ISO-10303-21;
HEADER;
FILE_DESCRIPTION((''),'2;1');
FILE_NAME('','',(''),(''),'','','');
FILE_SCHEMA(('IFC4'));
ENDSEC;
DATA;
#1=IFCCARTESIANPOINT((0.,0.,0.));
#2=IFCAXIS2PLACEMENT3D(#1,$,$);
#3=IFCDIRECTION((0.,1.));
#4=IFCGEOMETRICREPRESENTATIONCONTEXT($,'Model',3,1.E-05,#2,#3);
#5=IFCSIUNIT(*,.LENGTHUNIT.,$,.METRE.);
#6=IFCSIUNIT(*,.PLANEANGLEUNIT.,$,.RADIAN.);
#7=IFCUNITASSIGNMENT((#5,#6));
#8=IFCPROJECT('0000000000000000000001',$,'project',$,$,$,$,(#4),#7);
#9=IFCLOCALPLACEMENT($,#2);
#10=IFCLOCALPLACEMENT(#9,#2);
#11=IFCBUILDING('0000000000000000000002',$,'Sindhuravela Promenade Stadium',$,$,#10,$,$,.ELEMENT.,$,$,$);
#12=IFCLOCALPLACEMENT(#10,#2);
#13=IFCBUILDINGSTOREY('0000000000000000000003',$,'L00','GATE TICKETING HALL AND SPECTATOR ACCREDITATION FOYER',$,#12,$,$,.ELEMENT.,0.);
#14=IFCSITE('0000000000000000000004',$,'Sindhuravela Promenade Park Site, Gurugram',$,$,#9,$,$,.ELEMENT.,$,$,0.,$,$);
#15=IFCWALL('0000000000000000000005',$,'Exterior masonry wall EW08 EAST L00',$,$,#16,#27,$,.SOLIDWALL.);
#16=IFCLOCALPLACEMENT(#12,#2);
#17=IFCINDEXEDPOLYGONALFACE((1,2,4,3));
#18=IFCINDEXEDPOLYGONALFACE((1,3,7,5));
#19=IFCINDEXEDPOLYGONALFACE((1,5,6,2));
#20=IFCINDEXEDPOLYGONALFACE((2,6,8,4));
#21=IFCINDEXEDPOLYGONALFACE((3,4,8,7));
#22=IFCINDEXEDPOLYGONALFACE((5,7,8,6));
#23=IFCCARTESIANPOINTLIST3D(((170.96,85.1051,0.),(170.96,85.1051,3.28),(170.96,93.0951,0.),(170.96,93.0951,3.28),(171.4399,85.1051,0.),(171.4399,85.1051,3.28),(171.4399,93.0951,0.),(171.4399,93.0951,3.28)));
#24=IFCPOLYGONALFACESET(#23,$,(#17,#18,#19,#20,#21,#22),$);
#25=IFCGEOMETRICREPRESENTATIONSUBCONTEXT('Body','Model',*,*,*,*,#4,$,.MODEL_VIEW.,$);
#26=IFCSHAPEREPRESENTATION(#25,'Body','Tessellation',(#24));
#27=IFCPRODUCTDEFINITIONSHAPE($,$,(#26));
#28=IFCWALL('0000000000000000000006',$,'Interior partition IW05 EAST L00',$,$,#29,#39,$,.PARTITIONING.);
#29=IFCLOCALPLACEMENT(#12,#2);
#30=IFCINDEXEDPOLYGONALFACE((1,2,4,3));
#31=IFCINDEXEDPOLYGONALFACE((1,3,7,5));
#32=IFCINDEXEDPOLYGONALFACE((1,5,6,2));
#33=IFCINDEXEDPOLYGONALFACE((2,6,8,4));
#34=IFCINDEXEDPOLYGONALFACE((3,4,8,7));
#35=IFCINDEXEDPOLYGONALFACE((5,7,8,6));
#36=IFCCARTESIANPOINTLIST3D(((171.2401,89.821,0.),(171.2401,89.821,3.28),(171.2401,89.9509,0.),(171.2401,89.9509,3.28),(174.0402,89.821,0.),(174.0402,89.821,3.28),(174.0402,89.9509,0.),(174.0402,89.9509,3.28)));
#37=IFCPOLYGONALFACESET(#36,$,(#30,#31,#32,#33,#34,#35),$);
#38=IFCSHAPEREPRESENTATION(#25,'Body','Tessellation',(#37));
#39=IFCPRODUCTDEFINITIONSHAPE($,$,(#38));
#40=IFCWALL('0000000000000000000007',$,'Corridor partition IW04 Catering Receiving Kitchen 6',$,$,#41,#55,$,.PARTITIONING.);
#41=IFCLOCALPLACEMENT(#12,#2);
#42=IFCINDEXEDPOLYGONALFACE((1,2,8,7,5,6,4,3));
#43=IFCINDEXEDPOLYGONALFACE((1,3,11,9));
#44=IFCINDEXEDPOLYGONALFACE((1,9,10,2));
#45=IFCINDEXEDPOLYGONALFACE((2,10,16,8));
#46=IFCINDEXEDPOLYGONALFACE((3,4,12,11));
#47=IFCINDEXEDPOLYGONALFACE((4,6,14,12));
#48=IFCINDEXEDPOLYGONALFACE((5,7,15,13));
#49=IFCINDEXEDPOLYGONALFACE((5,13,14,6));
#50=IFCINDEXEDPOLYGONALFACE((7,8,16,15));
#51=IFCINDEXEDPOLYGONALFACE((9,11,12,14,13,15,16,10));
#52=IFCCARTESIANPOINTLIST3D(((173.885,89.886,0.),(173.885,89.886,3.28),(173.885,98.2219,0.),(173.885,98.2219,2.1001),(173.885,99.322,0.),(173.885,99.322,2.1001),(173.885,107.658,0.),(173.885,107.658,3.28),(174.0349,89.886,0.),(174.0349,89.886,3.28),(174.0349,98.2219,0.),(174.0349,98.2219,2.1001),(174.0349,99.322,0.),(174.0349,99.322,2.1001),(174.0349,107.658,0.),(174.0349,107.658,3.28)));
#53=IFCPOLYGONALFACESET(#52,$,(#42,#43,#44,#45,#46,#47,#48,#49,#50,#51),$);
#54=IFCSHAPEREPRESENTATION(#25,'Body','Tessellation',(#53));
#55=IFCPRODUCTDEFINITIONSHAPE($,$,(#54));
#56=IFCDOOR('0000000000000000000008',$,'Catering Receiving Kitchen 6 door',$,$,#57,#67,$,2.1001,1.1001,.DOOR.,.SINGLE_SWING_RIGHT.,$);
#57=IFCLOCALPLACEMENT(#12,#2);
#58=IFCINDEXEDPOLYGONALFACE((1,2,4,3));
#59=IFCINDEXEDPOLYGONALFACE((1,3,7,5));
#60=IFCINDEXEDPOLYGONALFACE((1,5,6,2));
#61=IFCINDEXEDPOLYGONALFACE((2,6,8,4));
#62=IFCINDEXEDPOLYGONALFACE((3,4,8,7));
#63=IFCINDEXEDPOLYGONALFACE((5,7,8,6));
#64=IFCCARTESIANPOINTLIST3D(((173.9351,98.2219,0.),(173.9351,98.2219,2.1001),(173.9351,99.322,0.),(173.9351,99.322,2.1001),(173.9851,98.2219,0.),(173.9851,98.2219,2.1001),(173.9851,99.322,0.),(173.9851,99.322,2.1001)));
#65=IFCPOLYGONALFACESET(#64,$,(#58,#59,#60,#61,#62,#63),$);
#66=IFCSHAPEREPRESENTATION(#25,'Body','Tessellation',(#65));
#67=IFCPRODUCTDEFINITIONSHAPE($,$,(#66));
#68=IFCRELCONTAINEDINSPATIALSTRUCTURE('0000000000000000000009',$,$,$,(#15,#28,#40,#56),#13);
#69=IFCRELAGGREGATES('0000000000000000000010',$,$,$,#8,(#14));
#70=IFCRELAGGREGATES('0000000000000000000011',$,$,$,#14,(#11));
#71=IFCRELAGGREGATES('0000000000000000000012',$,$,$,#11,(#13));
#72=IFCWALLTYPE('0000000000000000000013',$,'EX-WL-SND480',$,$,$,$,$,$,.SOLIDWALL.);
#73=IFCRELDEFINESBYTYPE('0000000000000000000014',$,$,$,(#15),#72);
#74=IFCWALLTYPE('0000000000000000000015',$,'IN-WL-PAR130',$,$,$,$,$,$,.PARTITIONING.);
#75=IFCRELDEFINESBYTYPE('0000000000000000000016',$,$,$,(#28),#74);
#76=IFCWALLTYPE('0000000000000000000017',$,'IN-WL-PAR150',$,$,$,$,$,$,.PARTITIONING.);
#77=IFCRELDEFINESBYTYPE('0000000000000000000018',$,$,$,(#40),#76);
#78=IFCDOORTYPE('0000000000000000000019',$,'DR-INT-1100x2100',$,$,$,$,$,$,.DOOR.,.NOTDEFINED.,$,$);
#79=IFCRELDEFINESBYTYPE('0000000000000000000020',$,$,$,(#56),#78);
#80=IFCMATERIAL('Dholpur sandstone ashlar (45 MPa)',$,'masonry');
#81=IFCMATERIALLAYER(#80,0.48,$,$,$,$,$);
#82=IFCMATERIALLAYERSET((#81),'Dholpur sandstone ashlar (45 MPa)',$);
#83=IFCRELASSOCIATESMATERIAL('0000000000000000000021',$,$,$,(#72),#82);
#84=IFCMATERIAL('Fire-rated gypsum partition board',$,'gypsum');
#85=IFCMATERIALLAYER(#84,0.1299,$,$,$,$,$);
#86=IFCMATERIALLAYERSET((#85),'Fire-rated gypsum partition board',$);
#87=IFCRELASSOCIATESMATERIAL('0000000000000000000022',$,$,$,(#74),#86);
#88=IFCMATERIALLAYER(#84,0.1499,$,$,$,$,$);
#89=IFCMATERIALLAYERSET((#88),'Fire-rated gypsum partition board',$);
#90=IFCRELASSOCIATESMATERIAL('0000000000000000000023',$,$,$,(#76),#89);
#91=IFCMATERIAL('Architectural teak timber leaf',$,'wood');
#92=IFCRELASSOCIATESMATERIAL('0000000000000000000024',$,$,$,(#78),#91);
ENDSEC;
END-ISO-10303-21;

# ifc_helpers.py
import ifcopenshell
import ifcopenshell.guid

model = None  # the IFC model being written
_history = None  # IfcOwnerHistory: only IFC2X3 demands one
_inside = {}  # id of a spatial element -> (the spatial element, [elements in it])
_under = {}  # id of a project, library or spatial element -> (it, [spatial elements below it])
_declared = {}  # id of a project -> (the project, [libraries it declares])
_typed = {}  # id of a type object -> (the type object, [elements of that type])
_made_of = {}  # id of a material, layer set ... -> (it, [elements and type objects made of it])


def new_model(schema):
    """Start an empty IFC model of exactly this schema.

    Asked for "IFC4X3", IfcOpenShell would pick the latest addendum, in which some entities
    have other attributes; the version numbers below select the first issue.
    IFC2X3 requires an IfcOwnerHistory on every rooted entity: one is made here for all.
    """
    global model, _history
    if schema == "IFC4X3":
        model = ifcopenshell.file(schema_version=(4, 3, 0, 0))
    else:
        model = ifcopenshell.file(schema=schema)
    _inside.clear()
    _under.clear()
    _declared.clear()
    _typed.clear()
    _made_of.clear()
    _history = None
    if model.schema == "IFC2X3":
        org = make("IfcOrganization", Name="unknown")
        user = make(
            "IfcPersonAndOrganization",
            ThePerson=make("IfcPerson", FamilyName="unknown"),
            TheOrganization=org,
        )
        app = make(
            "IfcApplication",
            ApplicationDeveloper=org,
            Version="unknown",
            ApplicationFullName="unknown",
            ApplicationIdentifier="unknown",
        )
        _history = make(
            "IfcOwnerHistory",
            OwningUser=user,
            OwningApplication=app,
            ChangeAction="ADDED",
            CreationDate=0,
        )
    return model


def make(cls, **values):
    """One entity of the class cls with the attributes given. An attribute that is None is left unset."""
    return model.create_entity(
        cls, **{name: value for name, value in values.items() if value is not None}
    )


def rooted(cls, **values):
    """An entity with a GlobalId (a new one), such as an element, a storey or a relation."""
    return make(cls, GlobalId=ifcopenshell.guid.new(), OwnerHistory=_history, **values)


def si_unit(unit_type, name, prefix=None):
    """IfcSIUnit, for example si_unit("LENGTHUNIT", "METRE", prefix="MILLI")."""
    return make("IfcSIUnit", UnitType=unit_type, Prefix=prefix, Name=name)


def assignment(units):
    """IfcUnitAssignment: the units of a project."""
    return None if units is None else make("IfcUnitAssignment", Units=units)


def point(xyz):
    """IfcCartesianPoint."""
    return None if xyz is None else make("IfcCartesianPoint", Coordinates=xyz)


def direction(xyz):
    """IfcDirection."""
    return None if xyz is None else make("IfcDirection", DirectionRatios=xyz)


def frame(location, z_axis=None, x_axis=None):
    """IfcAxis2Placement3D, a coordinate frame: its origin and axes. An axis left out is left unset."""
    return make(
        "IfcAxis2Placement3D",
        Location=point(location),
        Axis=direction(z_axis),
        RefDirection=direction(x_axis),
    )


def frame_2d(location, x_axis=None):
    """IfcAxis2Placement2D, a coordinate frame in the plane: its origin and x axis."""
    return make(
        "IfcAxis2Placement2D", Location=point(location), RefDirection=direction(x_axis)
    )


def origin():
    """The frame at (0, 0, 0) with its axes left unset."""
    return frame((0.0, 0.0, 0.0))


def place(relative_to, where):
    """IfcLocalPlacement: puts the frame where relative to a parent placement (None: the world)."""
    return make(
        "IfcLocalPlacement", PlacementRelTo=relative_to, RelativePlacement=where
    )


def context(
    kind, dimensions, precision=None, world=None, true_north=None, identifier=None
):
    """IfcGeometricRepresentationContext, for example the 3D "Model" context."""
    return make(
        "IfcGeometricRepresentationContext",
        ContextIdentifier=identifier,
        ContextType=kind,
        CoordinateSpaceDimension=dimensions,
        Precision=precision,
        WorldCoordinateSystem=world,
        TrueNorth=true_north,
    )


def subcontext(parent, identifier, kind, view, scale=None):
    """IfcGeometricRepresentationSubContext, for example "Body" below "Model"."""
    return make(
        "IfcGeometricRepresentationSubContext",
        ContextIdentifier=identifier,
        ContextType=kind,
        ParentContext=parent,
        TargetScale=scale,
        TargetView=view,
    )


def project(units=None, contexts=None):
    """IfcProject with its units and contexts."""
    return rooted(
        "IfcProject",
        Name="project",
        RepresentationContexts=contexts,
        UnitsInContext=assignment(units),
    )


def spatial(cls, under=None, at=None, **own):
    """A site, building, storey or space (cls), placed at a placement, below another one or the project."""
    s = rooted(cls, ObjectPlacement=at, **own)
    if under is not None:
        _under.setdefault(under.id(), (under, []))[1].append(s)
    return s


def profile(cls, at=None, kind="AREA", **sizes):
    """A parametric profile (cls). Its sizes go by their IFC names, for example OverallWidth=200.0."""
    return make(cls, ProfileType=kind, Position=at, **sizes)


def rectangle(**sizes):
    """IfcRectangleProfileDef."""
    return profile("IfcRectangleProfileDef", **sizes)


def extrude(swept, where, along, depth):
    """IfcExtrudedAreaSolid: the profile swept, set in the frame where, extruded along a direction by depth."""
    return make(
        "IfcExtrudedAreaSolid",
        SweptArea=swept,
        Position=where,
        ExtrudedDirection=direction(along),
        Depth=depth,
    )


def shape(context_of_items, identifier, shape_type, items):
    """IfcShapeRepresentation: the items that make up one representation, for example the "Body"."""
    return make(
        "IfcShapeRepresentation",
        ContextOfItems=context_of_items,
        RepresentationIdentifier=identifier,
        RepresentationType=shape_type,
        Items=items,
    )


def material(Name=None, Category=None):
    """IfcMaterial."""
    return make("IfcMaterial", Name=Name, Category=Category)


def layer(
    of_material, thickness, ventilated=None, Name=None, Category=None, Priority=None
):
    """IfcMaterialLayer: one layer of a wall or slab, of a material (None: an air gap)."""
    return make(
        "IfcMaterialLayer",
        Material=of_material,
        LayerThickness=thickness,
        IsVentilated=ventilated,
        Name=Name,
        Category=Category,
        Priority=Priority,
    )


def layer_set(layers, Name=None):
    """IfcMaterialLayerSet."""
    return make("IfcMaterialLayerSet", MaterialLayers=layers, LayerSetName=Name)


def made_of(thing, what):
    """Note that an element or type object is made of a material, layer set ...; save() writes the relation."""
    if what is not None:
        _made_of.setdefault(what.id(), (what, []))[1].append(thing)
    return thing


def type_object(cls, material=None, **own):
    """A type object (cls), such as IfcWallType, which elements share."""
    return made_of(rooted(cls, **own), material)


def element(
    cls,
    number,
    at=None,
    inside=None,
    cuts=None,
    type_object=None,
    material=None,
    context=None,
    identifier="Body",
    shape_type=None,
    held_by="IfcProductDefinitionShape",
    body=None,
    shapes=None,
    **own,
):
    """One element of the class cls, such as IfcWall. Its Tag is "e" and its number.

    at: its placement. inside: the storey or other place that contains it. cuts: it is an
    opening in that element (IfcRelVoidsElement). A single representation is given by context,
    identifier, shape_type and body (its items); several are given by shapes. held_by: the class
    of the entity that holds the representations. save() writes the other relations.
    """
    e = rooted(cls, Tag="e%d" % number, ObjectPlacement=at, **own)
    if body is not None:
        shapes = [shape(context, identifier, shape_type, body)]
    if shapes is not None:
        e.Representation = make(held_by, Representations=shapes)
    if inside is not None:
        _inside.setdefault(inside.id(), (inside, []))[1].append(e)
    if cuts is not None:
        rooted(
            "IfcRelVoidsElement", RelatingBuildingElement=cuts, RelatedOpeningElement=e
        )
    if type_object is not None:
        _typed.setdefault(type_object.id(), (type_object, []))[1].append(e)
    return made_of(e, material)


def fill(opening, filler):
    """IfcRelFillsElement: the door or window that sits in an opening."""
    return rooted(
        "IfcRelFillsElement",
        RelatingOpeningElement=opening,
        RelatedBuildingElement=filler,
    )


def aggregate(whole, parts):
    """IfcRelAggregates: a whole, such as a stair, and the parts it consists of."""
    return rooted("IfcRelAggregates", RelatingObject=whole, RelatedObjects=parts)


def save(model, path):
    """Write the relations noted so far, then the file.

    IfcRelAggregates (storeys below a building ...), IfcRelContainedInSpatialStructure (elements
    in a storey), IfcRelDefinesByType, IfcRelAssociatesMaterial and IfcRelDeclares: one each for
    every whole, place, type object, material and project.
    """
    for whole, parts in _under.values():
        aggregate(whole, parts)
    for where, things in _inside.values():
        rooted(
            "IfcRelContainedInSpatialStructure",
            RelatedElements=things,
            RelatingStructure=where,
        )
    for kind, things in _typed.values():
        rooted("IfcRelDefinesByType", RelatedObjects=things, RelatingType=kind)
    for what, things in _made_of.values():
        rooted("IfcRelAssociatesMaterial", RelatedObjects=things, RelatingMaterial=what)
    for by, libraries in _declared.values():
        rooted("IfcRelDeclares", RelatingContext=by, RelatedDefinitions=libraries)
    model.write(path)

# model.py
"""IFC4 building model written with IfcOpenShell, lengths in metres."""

from ifc_helpers import new_model, si_unit, direction, frame, frame_2d, origin, place, context, subcontext, project, spatial, rectangle, extrude, material, layer, layer_set, type_object, element, fill, save


model = new_model("IFC4")

# Units and contexts
model_context = context("Model", 3, precision=1e-05, world=origin(), true_north=direction((0.0, 1.0)))
body_context = subcontext(model_context, "Body", "Model", "MODEL_VIEW")
ifc_project = project(units=[si_unit("LENGTHUNIT", "METRE"), si_unit("PLANEANGLEUNIT", "RADIAN")], contexts=[model_context])

# Site, building, storey
site_placement = place(None, origin())
site = spatial("IfcSite", under=ifc_project, at=site_placement, Name="Sindhuravela Promenade Park Site, Gurugram", CompositionType="ELEMENT", RefElevation=0.0)
building_placement = place(site_placement, origin())
building = spatial("IfcBuilding", under=site, at=building_placement, Name="Sindhuravela Promenade Stadium", CompositionType="ELEMENT")
storey_placement = place(building_placement, origin())
storey = spatial("IfcBuildingStorey", under=building, at=storey_placement, Name="L00", Description="GATE TICKETING HALL AND SPECTATOR ACCREDITATION FOYER", CompositionType="ELEMENT", Elevation=0.0)

# Walls
ifc_material_1 = material(Name="Dholpur sandstone ashlar (45 MPa)", Category="masonry")
ifc_layer_1 = layer(ifc_material_1, 0.48)
ifc_layer_set_1 = layer_set([ifc_layer_1], Name="Dholpur sandstone ashlar (45 MPa)")
wall_type_1 = type_object("IfcWallType", Name="EX-WL-SND480", PredefinedType="SOLIDWALL", material=ifc_layer_set_1)
wall_1_placement = place(storey_placement, frame((171.2, 85.105, 0.0), z_axis=(0.0, 0.0, 1.0), x_axis=(0.0, 1.0, 0.0)))
element("IfcWall", 1, at=wall_1_placement, inside=storey, type_object=wall_type_1, Name="Exterior masonry wall EW08 EAST L00", PredefinedType="SOLIDWALL", context=body_context, shape_type="SweptSolid", body=[
    extrude(rectangle(XDim=7.99, YDim=0.48, at=frame_2d((3.9951, 0.0))), origin(), (0.0, 0.0, 1.0), 3.28),
])
ifc_material_2 = material(Name="Fire-rated gypsum partition board", Category="gypsum")
ifc_layer_2 = layer(ifc_material_2, 0.1299)
ifc_layer_set_2 = layer_set([ifc_layer_2], Name="Fire-rated gypsum partition board")
wall_type_2 = type_object("IfcWallType", Name="IN-WL-PAR130", PredefinedType="PARTITIONING", material=ifc_layer_set_2)
wall_2_placement = place(storey_placement, frame((174.04, 89.886, 0.0), z_axis=(0.0, 0.0, 1.0), x_axis=(-1.0, 0.0, 0.0)))
element("IfcWall", 2, at=wall_2_placement, inside=storey, type_object=wall_type_2, Name="Interior partition IW05 EAST L00", PredefinedType="PARTITIONING", context=body_context, shape_type="SweptSolid", body=[
    extrude(rectangle(XDim=2.8, YDim=0.1299, at=frame_2d((1.3999, 0.0))), origin(), (0.0, 0.0, 1.0), 3.28),
])

# Wall, opening, door
ifc_layer_3 = layer(ifc_material_2, 0.1499)
ifc_layer_set_3 = layer_set([ifc_layer_3], Name="Fire-rated gypsum partition board")
wall_type_3 = type_object("IfcWallType", Name="IN-WL-PAR150", PredefinedType="PARTITIONING", material=ifc_layer_set_3)
wall_3_placement = place(storey_placement, frame((173.96, 89.886, 0.0), z_axis=(0.0, 0.0, 1.0), x_axis=(0.0, 1.0, 0.0)))
wall_3 = element("IfcWall", 3, at=wall_3_placement, inside=storey, type_object=wall_type_3, Name="Corridor partition IW04 Catering Receiving Kitchen 6", PredefinedType="PARTITIONING", context=body_context, shape_type="SweptSolid", body=[
    extrude(rectangle(XDim=17.772, YDim=0.1499, at=frame_2d((8.886, 0.0))), origin(), (0.0, 0.0, 1.0), 3.28),
])
opening_placement = place(wall_3_placement, frame((8.3359, 0.0, 0.0)))
opening = element("IfcOpeningElement", 4, at=opening_placement, cuts=wall_3, PredefinedType="OPENING", context=body_context, shape_type="SweptSolid", body=[
    extrude(rectangle(XDim=1.1001, YDim=2.1001, at=frame_2d((0.55, 1.05))), frame((0.0, 0.085, 0.0), z_axis=(0.0, -1.0, 0.0), x_axis=(1.0, 0.0, 0.0)), (0.0, 0.0, 1.0), 0.1699),
])
ifc_material_3 = material(Name="Architectural teak timber leaf", Category="wood")
door_type = type_object("IfcDoorType", Name="DR-INT-1100x2100", OperationType="NOTDEFINED", PredefinedType="DOOR", material=ifc_material_3)
door_placement = place(opening_placement, origin())
door = element("IfcDoor", 5, at=door_placement, inside=storey, type_object=door_type, Name="Catering Receiving Kitchen 6 door", OperationType="SINGLE_SWING_RIGHT", OverallHeight=2.1001, OverallWidth=1.1001, PredefinedType="DOOR", context=body_context, shape_type="SweptSolid", body=[
    extrude(rectangle(XDim=1.1001, YDim=2.1001, at=frame_2d((0.55, 1.05))), frame((0.0, 0.0249, 0.0), z_axis=(0.0, -1.0, 0.0), x_axis=(1.0, 0.0, 0.0)), (0.0, 0.0, 1.0), 0.05),
])
fill(opening, door)

save(model, "model.ifc")
